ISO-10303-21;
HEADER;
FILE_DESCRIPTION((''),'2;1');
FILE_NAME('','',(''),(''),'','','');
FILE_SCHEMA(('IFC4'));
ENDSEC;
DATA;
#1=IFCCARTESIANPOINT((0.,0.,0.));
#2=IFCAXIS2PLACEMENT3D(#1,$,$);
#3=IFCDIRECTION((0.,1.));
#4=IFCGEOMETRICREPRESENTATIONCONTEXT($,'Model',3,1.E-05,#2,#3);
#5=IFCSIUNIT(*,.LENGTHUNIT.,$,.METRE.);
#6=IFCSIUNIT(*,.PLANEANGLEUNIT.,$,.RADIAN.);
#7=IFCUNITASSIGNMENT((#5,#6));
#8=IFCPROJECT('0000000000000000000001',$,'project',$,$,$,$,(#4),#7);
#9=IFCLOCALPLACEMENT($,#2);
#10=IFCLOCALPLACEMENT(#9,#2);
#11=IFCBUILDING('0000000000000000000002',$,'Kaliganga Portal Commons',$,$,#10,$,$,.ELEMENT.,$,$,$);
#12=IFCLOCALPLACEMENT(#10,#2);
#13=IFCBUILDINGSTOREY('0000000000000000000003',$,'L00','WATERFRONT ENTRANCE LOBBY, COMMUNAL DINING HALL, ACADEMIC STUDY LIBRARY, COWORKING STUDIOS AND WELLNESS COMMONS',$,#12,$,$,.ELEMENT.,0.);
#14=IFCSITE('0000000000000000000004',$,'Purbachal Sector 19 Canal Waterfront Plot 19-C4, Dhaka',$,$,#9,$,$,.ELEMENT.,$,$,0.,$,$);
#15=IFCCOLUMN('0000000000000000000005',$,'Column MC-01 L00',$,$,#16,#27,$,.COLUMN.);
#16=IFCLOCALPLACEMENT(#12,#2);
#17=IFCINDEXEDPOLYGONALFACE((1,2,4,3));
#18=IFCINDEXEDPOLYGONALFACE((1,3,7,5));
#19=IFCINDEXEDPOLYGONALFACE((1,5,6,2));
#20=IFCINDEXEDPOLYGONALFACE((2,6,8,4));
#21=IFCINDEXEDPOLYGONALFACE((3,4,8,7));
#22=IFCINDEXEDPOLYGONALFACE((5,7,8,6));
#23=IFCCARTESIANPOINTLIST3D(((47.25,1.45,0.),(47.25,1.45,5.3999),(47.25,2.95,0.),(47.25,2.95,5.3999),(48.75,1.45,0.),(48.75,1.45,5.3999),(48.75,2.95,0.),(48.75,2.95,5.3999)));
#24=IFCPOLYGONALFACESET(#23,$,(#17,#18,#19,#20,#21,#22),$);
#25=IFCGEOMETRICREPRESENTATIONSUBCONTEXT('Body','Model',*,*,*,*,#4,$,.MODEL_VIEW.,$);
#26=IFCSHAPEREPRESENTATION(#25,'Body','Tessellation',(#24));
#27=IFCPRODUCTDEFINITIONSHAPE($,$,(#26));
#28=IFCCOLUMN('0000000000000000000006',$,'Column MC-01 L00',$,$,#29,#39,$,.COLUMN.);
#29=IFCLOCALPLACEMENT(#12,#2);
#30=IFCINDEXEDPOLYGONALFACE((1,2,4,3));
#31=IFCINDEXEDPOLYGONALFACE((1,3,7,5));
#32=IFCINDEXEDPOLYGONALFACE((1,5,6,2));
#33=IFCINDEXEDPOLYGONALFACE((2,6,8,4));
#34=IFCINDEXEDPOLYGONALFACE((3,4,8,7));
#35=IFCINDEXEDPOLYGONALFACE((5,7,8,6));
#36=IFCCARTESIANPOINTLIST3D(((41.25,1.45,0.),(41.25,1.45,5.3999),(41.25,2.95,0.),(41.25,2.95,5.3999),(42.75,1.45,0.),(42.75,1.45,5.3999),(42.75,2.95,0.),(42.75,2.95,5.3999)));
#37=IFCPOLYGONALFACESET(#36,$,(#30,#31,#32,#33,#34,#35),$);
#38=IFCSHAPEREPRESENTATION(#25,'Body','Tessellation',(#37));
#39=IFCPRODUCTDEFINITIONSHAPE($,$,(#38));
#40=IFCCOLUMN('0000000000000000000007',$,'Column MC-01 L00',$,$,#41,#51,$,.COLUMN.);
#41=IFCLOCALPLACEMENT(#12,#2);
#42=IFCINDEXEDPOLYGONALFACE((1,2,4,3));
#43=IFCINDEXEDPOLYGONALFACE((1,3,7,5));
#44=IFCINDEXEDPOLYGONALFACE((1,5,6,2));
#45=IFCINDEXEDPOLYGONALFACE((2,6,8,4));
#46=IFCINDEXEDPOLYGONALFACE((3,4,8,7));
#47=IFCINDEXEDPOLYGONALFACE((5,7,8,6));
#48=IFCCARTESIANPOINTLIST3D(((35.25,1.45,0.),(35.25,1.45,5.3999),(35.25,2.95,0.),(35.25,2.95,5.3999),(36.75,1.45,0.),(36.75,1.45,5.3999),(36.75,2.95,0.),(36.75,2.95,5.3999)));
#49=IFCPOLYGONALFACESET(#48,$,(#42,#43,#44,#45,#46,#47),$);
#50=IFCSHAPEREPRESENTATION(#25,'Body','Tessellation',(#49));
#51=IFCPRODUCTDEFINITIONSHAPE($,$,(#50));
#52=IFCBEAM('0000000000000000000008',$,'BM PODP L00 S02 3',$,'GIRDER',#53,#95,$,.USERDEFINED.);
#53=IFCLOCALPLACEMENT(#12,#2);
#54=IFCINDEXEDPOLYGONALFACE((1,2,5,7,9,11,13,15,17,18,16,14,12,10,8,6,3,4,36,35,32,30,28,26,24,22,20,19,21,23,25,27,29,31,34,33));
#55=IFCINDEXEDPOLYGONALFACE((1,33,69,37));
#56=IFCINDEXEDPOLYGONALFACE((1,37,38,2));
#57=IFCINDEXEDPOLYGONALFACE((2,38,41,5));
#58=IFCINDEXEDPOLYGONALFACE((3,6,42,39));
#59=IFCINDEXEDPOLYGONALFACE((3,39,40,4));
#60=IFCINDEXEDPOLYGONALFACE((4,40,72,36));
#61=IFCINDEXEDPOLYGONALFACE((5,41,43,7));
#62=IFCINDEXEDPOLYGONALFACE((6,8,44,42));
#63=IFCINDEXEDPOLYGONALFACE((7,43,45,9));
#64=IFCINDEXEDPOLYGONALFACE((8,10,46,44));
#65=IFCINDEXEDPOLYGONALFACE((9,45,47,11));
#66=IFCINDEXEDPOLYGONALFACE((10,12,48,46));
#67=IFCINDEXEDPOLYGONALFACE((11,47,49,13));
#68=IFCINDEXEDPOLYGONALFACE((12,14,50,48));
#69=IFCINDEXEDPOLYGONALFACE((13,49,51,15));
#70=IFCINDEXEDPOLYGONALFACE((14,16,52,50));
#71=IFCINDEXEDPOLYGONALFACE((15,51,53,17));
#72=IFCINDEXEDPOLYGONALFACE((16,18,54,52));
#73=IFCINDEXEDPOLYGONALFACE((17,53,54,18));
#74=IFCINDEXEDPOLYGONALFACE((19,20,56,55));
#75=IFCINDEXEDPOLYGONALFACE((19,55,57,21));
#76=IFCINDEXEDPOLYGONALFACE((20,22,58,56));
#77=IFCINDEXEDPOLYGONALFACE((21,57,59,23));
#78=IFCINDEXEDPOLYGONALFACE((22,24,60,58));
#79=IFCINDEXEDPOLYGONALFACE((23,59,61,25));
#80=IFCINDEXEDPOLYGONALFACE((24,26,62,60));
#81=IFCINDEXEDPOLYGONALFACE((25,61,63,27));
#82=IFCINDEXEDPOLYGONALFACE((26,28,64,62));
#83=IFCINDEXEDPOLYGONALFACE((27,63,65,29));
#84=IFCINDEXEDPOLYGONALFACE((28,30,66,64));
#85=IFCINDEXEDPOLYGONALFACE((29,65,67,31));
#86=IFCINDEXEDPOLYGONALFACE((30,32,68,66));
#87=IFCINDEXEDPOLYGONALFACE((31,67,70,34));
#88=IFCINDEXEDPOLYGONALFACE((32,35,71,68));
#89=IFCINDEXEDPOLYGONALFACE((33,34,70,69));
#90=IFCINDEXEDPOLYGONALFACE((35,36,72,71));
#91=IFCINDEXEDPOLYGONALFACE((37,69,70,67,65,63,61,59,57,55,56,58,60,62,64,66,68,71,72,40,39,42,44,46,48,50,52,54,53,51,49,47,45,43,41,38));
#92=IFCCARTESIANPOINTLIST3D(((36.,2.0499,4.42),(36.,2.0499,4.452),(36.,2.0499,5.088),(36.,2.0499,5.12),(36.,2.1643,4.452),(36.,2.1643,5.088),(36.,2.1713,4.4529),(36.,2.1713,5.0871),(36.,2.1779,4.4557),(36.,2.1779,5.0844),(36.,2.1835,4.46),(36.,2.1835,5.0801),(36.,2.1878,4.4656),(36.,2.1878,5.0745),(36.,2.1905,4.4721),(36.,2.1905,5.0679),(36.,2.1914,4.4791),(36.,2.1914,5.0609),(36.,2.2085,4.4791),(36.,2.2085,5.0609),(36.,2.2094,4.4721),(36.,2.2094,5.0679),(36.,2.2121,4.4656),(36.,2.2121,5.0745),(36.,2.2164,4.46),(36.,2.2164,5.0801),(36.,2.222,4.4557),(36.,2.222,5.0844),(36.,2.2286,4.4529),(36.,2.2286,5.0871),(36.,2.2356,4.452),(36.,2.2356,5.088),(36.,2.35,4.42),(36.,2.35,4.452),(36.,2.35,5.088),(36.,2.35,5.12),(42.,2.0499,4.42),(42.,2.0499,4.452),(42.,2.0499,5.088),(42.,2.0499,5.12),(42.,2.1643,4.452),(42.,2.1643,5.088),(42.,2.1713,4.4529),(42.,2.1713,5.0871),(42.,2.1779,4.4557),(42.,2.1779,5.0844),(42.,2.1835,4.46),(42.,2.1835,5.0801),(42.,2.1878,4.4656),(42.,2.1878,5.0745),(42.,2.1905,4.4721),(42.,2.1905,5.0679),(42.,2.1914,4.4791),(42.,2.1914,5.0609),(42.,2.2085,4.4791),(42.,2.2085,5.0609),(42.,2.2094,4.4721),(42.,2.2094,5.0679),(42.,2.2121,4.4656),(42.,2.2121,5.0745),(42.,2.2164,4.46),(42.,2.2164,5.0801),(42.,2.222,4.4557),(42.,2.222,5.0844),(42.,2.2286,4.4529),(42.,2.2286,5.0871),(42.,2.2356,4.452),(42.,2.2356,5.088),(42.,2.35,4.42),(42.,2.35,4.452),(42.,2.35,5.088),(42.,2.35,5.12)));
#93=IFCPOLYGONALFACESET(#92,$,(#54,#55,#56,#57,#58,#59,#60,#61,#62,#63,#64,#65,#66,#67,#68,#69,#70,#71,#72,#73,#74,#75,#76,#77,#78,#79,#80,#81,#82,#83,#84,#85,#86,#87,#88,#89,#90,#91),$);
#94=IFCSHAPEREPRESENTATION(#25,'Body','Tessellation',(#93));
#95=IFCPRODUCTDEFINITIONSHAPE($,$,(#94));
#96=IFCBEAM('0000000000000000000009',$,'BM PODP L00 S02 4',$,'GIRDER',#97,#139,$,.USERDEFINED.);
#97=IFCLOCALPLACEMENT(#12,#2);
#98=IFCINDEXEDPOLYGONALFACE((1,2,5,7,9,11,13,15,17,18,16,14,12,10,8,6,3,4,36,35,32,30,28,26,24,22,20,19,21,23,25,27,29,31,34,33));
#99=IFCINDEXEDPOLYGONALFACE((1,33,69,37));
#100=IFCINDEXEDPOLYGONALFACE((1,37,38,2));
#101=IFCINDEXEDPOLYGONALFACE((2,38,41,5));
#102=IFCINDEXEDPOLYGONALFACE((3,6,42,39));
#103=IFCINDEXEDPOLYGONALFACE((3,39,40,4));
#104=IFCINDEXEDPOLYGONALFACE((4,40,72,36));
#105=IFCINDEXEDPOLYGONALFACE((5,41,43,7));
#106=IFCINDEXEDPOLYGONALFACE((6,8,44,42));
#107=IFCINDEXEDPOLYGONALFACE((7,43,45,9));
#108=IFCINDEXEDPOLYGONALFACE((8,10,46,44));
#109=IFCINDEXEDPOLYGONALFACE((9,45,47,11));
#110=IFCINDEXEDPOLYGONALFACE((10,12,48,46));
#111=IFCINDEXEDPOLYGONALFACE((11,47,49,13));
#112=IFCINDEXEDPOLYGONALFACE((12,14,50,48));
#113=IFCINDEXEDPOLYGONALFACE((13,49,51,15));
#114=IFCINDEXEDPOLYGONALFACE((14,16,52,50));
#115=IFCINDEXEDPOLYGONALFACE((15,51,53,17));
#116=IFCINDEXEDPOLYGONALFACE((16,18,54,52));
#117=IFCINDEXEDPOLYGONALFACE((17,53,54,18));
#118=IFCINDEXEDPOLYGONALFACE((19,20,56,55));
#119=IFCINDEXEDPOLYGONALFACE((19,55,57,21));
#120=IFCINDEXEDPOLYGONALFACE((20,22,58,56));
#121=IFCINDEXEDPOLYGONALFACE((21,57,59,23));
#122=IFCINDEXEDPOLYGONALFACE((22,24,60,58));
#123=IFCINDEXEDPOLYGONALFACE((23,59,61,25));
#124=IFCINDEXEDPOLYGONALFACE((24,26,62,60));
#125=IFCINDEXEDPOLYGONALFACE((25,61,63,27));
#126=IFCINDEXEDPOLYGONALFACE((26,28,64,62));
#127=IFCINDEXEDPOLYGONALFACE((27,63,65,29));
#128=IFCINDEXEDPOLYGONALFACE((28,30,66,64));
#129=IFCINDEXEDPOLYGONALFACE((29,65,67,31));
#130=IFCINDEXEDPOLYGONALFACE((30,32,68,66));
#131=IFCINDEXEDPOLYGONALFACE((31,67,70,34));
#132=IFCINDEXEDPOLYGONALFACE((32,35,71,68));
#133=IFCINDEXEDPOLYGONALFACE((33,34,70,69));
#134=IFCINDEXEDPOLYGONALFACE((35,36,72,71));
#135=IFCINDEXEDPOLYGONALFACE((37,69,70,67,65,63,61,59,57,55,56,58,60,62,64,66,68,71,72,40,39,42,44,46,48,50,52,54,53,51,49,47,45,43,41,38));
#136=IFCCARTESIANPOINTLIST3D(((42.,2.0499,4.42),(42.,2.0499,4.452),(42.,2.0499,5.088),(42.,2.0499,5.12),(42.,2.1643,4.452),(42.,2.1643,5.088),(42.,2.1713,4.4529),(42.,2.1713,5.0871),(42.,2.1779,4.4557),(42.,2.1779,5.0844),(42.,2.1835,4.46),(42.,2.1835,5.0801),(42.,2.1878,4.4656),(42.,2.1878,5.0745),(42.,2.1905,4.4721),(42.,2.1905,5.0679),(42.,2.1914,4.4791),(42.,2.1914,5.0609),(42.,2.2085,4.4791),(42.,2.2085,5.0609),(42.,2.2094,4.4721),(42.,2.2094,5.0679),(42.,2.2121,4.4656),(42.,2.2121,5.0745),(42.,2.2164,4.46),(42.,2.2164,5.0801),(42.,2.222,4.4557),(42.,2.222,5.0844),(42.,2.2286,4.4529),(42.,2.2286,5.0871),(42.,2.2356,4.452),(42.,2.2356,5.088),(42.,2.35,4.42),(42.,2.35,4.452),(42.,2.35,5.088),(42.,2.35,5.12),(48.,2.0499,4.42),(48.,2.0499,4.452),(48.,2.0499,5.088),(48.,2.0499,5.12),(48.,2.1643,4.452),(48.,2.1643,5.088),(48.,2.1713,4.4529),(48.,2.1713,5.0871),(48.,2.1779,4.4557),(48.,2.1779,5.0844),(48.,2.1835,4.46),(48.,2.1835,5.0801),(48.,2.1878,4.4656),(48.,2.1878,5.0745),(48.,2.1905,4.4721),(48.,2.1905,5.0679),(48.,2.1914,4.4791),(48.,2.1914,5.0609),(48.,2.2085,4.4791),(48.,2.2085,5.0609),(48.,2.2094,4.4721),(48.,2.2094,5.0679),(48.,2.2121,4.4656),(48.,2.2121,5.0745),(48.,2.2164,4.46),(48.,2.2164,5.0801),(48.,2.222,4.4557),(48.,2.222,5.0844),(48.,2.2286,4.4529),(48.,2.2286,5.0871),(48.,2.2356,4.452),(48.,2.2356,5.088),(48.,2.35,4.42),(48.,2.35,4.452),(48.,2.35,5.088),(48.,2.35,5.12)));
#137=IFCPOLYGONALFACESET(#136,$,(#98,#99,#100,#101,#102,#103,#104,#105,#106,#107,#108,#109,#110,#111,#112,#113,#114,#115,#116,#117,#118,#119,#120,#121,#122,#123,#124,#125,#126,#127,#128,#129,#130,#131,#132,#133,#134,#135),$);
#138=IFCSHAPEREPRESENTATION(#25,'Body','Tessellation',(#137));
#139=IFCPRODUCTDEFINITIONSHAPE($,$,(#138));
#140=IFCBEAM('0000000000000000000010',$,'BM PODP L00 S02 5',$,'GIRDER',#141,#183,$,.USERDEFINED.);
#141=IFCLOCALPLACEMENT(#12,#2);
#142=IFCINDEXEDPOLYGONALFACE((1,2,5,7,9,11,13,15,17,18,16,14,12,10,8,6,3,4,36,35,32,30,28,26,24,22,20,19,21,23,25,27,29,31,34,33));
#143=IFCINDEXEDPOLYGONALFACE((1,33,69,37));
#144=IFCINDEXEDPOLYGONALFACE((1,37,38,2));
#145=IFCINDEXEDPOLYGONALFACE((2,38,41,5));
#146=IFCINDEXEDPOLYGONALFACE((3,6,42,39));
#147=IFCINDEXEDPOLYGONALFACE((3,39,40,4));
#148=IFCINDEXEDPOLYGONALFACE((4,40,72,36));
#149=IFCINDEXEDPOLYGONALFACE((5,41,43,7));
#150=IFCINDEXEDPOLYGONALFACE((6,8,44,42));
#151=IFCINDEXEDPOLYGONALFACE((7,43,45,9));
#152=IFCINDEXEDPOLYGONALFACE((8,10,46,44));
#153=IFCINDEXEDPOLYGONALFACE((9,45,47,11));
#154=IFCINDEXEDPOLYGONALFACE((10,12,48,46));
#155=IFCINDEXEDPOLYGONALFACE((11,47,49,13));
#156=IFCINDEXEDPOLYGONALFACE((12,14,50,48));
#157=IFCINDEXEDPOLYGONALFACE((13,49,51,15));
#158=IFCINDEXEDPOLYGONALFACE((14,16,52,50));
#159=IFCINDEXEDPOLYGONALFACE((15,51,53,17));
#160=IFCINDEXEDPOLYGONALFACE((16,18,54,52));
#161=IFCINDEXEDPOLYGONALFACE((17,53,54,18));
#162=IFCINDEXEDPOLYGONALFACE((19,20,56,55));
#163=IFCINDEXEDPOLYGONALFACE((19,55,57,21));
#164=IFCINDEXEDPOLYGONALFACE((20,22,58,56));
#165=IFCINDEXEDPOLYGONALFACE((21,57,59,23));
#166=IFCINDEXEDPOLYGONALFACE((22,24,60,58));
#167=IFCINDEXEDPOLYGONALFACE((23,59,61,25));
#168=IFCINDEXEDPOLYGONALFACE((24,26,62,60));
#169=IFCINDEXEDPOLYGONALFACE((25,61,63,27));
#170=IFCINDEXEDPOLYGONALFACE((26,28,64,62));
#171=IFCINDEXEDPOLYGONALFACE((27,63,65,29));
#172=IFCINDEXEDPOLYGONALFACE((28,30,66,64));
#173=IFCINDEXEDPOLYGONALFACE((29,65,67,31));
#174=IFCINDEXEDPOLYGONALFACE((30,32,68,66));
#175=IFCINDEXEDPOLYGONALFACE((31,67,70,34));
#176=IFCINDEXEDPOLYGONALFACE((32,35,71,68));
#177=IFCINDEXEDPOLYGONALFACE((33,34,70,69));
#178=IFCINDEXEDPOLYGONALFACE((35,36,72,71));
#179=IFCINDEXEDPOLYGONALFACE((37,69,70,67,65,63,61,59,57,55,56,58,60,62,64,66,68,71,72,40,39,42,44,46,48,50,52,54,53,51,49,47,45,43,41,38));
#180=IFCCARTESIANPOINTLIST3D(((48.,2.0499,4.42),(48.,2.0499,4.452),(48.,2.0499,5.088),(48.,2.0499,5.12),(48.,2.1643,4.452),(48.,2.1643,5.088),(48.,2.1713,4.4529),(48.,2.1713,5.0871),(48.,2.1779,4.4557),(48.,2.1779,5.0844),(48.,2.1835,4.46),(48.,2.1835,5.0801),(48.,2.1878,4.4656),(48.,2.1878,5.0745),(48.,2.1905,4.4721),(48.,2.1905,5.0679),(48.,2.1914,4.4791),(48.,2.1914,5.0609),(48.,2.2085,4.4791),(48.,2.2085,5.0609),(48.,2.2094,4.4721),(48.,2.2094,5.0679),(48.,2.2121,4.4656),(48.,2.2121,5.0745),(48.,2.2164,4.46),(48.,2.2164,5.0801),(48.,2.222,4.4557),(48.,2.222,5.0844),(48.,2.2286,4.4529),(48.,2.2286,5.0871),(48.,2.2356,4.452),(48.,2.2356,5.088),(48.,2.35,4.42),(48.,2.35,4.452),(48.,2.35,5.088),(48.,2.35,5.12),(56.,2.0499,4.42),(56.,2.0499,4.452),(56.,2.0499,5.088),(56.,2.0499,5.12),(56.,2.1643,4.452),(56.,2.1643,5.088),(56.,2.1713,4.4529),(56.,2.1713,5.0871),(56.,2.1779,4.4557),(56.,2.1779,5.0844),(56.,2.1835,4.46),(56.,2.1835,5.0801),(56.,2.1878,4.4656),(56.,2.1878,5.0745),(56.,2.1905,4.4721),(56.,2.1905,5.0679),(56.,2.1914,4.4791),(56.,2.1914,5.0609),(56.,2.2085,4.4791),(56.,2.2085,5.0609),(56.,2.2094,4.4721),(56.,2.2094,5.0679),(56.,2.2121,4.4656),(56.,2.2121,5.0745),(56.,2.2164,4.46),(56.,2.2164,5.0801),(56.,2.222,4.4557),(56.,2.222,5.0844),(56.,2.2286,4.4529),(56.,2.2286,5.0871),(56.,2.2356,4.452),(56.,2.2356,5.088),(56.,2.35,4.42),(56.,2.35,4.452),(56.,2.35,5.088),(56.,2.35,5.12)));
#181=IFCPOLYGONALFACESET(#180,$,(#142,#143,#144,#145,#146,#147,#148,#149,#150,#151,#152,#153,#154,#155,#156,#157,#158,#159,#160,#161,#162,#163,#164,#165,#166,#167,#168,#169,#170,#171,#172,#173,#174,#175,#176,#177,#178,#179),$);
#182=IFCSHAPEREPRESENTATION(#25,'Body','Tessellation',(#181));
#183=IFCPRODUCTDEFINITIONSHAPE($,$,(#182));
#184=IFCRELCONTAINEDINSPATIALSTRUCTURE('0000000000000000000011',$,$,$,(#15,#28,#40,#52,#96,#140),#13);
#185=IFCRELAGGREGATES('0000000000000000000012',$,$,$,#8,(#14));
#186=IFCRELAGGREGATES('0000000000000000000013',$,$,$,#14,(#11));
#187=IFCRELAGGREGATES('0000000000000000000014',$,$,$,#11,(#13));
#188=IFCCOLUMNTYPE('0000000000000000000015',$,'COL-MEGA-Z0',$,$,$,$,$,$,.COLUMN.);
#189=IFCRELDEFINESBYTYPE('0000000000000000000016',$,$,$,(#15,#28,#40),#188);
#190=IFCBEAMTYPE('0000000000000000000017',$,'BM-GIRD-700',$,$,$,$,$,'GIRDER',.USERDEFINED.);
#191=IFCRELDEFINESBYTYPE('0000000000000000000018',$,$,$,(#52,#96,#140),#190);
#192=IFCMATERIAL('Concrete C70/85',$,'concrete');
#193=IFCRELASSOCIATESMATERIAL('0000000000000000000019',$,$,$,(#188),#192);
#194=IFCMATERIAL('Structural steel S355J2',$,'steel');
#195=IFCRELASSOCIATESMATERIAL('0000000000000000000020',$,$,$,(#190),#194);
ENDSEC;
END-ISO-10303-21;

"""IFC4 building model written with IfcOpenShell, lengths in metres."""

from ifc_helpers import new_model, si_unit, direction, frame, origin, origin_2d, place, context, subcontext, project, spatial, rectangle, i_section, extrude, source, transform, mapped, material, material_profile, profile_set, type_object, element, save


model = new_model("IFC4")

# Units and contexts
model_context = context("Model", 3, precision=1e-05, world=origin(), true_north=direction((0.0, 1.0)))
body_context = subcontext(model_context, "Body", "Model", "MODEL_VIEW")
ifc_project = project(units=[si_unit("LENGTHUNIT", "METRE"), si_unit("PLANEANGLEUNIT", "RADIAN")], contexts=[model_context])

# Site, building, storey
site_placement = place(None, origin())
site = spatial("IfcSite", under=ifc_project, at=site_placement, Name="Purbachal Sector 19 Canal Waterfront Plot 19-C4, Dhaka", CompositionType="ELEMENT", RefElevation=0.0)
building_placement = place(site_placement, origin())
building = spatial("IfcBuilding", under=site, at=building_placement, Name="Kaliganga Portal Commons", CompositionType="ELEMENT")
storey_placement = place(building_placement, origin())
storey = spatial("IfcBuildingStorey", under=building, at=storey_placement, Name="L00", Description="WATERFRONT ENTRANCE LOBBY, COMMUNAL DINING HALL, ACADEMIC STUDY LIBRARY, COWORKING STUDIOS AND WELLNESS COMMONS", CompositionType="ELEMENT", Elevation=0.0)

# Columns
ifc_material_1 = material(Name="Concrete C70/85", Category="concrete")
ifc_material_profile_1 = material_profile(ifc_material_1, rectangle(XDim=1.5, YDim=1.5, at=origin_2d()), Name="RC 1500x1500")
ifc_profile_set_1 = profile_set([ifc_material_profile_1], Name="Concrete C70/85")
column_type = type_object("IfcColumnType", Name="COL-MEGA-Z0", PredefinedType="COLUMN", material=ifc_profile_set_1)
shared_shape_1 = source(origin(), body_context, "Body", "SweptSolid", [
    extrude(rectangle(XDim=1.5, YDim=1.5, at=origin_2d()), origin(), (0.0, 0.0, 1.0), 5.3999),
])
for number, where, z_axis, x_axis, name in (
    (1, (48.0, 2.2, 0.0), (0.0, 0.0, 1.0), (1.0, 0.0, 0.0), "Column MC-01 L00"),
    (2, (42.0, 2.2, 0.0), (0.0, 0.0, 1.0), (1.0, 0.0, 0.0), "Column MC-01 L00"),
    (3, (36.0, 2.2, 0.0), (0.0, 0.0, 1.0), (1.0, 0.0, 0.0), "Column MC-01 L00"),
):
    element("IfcColumn", number, at=place(storey_placement, frame(where, z_axis=z_axis, x_axis=x_axis)), inside=storey, type_object=column_type, Name=name, PredefinedType="COLUMN", context=body_context, shape_type="MappedRepresentation", body=[
        mapped(shared_shape_1, transform((0.0, 0.0, 0.0), x_axis=(1.0, 0.0, 0.0), y_axis=(0.0, 1.0, 0.0), z_axis=(0.0, 0.0, 1.0), scale=1.0)),
    ])

# Beams
ifc_material_2 = material(Name="Structural steel S355J2", Category="steel")
ifc_material_profile_2 = material_profile(ifc_material_2, i_section(OverallWidth=0.3, OverallDepth=0.7, WebThickness=0.0171, FlangeThickness=0.032, FilletRadius=0.0271, at=origin_2d()), Name="HE 700 B")
ifc_profile_set_2 = profile_set([ifc_material_profile_2], Name="Structural steel S355J2 wide-flange")
beam_type_1 = type_object("IfcBeamType", Name="BM-GIRD-700", ElementType="GIRDER", PredefinedType="USERDEFINED", material=ifc_profile_set_2)
shared_shape_2 = source(origin(), body_context, "Body", "SweptSolid", [
    extrude(i_section(OverallWidth=0.3, OverallDepth=0.7, WebThickness=0.0171, FlangeThickness=0.032, FilletRadius=0.0271, at=origin_2d()), origin(), (0.0, 0.0, 1.0), 6.0),
])
for number, where, z_axis, x_axis, name in (
    (4, (36.0, 2.2, 4.77), (1.0, 0.0, 0.0), (0.0, 1.0, 0.0), "BM PODP L00 S02 3"),
    (5, (42.0, 2.2, 4.77), (1.0, 0.0, 0.0), (0.0, 1.0, 0.0), "BM PODP L00 S02 4"),
):
    element("IfcBeam", number, at=place(storey_placement, frame(where, z_axis=z_axis, x_axis=x_axis)), inside=storey, type_object=beam_type_1, Name=name, ObjectType="GIRDER", PredefinedType="USERDEFINED", context=body_context, shape_type="MappedRepresentation", body=[
        mapped(shared_shape_2, transform((0.0, 0.0, 0.0), x_axis=(1.0, 0.0, 0.0), y_axis=(0.0, 1.0, 0.0), z_axis=(0.0, 0.0, 1.0), scale=1.0)),
    ])
shared_shape_3 = source(origin(), body_context, "Body", "SweptSolid", [
    extrude(i_section(OverallWidth=0.3, OverallDepth=0.7, WebThickness=0.0171, FlangeThickness=0.032, FilletRadius=0.0271, at=origin_2d()), origin(), (0.0, 0.0, 1.0), 8.0),
])
beam_1_placement = place(storey_placement, frame((48.0, 2.2, 4.77), z_axis=(1.0, 0.0, 0.0), x_axis=(0.0, 1.0, 0.0)))
element("IfcBeam", 6, at=beam_1_placement, inside=storey, type_object=beam_type_1, Name="BM PODP L00 S02 5", ObjectType="GIRDER", PredefinedType="USERDEFINED", context=body_context, shape_type="MappedRepresentation", body=[
    mapped(shared_shape_3, transform((0.0, 0.0, 0.0), x_axis=(1.0, 0.0, 0.0), y_axis=(0.0, 1.0, 0.0), z_axis=(0.0, 0.0, 1.0), scale=1.0)),
])

save(model, "model.ifc")
